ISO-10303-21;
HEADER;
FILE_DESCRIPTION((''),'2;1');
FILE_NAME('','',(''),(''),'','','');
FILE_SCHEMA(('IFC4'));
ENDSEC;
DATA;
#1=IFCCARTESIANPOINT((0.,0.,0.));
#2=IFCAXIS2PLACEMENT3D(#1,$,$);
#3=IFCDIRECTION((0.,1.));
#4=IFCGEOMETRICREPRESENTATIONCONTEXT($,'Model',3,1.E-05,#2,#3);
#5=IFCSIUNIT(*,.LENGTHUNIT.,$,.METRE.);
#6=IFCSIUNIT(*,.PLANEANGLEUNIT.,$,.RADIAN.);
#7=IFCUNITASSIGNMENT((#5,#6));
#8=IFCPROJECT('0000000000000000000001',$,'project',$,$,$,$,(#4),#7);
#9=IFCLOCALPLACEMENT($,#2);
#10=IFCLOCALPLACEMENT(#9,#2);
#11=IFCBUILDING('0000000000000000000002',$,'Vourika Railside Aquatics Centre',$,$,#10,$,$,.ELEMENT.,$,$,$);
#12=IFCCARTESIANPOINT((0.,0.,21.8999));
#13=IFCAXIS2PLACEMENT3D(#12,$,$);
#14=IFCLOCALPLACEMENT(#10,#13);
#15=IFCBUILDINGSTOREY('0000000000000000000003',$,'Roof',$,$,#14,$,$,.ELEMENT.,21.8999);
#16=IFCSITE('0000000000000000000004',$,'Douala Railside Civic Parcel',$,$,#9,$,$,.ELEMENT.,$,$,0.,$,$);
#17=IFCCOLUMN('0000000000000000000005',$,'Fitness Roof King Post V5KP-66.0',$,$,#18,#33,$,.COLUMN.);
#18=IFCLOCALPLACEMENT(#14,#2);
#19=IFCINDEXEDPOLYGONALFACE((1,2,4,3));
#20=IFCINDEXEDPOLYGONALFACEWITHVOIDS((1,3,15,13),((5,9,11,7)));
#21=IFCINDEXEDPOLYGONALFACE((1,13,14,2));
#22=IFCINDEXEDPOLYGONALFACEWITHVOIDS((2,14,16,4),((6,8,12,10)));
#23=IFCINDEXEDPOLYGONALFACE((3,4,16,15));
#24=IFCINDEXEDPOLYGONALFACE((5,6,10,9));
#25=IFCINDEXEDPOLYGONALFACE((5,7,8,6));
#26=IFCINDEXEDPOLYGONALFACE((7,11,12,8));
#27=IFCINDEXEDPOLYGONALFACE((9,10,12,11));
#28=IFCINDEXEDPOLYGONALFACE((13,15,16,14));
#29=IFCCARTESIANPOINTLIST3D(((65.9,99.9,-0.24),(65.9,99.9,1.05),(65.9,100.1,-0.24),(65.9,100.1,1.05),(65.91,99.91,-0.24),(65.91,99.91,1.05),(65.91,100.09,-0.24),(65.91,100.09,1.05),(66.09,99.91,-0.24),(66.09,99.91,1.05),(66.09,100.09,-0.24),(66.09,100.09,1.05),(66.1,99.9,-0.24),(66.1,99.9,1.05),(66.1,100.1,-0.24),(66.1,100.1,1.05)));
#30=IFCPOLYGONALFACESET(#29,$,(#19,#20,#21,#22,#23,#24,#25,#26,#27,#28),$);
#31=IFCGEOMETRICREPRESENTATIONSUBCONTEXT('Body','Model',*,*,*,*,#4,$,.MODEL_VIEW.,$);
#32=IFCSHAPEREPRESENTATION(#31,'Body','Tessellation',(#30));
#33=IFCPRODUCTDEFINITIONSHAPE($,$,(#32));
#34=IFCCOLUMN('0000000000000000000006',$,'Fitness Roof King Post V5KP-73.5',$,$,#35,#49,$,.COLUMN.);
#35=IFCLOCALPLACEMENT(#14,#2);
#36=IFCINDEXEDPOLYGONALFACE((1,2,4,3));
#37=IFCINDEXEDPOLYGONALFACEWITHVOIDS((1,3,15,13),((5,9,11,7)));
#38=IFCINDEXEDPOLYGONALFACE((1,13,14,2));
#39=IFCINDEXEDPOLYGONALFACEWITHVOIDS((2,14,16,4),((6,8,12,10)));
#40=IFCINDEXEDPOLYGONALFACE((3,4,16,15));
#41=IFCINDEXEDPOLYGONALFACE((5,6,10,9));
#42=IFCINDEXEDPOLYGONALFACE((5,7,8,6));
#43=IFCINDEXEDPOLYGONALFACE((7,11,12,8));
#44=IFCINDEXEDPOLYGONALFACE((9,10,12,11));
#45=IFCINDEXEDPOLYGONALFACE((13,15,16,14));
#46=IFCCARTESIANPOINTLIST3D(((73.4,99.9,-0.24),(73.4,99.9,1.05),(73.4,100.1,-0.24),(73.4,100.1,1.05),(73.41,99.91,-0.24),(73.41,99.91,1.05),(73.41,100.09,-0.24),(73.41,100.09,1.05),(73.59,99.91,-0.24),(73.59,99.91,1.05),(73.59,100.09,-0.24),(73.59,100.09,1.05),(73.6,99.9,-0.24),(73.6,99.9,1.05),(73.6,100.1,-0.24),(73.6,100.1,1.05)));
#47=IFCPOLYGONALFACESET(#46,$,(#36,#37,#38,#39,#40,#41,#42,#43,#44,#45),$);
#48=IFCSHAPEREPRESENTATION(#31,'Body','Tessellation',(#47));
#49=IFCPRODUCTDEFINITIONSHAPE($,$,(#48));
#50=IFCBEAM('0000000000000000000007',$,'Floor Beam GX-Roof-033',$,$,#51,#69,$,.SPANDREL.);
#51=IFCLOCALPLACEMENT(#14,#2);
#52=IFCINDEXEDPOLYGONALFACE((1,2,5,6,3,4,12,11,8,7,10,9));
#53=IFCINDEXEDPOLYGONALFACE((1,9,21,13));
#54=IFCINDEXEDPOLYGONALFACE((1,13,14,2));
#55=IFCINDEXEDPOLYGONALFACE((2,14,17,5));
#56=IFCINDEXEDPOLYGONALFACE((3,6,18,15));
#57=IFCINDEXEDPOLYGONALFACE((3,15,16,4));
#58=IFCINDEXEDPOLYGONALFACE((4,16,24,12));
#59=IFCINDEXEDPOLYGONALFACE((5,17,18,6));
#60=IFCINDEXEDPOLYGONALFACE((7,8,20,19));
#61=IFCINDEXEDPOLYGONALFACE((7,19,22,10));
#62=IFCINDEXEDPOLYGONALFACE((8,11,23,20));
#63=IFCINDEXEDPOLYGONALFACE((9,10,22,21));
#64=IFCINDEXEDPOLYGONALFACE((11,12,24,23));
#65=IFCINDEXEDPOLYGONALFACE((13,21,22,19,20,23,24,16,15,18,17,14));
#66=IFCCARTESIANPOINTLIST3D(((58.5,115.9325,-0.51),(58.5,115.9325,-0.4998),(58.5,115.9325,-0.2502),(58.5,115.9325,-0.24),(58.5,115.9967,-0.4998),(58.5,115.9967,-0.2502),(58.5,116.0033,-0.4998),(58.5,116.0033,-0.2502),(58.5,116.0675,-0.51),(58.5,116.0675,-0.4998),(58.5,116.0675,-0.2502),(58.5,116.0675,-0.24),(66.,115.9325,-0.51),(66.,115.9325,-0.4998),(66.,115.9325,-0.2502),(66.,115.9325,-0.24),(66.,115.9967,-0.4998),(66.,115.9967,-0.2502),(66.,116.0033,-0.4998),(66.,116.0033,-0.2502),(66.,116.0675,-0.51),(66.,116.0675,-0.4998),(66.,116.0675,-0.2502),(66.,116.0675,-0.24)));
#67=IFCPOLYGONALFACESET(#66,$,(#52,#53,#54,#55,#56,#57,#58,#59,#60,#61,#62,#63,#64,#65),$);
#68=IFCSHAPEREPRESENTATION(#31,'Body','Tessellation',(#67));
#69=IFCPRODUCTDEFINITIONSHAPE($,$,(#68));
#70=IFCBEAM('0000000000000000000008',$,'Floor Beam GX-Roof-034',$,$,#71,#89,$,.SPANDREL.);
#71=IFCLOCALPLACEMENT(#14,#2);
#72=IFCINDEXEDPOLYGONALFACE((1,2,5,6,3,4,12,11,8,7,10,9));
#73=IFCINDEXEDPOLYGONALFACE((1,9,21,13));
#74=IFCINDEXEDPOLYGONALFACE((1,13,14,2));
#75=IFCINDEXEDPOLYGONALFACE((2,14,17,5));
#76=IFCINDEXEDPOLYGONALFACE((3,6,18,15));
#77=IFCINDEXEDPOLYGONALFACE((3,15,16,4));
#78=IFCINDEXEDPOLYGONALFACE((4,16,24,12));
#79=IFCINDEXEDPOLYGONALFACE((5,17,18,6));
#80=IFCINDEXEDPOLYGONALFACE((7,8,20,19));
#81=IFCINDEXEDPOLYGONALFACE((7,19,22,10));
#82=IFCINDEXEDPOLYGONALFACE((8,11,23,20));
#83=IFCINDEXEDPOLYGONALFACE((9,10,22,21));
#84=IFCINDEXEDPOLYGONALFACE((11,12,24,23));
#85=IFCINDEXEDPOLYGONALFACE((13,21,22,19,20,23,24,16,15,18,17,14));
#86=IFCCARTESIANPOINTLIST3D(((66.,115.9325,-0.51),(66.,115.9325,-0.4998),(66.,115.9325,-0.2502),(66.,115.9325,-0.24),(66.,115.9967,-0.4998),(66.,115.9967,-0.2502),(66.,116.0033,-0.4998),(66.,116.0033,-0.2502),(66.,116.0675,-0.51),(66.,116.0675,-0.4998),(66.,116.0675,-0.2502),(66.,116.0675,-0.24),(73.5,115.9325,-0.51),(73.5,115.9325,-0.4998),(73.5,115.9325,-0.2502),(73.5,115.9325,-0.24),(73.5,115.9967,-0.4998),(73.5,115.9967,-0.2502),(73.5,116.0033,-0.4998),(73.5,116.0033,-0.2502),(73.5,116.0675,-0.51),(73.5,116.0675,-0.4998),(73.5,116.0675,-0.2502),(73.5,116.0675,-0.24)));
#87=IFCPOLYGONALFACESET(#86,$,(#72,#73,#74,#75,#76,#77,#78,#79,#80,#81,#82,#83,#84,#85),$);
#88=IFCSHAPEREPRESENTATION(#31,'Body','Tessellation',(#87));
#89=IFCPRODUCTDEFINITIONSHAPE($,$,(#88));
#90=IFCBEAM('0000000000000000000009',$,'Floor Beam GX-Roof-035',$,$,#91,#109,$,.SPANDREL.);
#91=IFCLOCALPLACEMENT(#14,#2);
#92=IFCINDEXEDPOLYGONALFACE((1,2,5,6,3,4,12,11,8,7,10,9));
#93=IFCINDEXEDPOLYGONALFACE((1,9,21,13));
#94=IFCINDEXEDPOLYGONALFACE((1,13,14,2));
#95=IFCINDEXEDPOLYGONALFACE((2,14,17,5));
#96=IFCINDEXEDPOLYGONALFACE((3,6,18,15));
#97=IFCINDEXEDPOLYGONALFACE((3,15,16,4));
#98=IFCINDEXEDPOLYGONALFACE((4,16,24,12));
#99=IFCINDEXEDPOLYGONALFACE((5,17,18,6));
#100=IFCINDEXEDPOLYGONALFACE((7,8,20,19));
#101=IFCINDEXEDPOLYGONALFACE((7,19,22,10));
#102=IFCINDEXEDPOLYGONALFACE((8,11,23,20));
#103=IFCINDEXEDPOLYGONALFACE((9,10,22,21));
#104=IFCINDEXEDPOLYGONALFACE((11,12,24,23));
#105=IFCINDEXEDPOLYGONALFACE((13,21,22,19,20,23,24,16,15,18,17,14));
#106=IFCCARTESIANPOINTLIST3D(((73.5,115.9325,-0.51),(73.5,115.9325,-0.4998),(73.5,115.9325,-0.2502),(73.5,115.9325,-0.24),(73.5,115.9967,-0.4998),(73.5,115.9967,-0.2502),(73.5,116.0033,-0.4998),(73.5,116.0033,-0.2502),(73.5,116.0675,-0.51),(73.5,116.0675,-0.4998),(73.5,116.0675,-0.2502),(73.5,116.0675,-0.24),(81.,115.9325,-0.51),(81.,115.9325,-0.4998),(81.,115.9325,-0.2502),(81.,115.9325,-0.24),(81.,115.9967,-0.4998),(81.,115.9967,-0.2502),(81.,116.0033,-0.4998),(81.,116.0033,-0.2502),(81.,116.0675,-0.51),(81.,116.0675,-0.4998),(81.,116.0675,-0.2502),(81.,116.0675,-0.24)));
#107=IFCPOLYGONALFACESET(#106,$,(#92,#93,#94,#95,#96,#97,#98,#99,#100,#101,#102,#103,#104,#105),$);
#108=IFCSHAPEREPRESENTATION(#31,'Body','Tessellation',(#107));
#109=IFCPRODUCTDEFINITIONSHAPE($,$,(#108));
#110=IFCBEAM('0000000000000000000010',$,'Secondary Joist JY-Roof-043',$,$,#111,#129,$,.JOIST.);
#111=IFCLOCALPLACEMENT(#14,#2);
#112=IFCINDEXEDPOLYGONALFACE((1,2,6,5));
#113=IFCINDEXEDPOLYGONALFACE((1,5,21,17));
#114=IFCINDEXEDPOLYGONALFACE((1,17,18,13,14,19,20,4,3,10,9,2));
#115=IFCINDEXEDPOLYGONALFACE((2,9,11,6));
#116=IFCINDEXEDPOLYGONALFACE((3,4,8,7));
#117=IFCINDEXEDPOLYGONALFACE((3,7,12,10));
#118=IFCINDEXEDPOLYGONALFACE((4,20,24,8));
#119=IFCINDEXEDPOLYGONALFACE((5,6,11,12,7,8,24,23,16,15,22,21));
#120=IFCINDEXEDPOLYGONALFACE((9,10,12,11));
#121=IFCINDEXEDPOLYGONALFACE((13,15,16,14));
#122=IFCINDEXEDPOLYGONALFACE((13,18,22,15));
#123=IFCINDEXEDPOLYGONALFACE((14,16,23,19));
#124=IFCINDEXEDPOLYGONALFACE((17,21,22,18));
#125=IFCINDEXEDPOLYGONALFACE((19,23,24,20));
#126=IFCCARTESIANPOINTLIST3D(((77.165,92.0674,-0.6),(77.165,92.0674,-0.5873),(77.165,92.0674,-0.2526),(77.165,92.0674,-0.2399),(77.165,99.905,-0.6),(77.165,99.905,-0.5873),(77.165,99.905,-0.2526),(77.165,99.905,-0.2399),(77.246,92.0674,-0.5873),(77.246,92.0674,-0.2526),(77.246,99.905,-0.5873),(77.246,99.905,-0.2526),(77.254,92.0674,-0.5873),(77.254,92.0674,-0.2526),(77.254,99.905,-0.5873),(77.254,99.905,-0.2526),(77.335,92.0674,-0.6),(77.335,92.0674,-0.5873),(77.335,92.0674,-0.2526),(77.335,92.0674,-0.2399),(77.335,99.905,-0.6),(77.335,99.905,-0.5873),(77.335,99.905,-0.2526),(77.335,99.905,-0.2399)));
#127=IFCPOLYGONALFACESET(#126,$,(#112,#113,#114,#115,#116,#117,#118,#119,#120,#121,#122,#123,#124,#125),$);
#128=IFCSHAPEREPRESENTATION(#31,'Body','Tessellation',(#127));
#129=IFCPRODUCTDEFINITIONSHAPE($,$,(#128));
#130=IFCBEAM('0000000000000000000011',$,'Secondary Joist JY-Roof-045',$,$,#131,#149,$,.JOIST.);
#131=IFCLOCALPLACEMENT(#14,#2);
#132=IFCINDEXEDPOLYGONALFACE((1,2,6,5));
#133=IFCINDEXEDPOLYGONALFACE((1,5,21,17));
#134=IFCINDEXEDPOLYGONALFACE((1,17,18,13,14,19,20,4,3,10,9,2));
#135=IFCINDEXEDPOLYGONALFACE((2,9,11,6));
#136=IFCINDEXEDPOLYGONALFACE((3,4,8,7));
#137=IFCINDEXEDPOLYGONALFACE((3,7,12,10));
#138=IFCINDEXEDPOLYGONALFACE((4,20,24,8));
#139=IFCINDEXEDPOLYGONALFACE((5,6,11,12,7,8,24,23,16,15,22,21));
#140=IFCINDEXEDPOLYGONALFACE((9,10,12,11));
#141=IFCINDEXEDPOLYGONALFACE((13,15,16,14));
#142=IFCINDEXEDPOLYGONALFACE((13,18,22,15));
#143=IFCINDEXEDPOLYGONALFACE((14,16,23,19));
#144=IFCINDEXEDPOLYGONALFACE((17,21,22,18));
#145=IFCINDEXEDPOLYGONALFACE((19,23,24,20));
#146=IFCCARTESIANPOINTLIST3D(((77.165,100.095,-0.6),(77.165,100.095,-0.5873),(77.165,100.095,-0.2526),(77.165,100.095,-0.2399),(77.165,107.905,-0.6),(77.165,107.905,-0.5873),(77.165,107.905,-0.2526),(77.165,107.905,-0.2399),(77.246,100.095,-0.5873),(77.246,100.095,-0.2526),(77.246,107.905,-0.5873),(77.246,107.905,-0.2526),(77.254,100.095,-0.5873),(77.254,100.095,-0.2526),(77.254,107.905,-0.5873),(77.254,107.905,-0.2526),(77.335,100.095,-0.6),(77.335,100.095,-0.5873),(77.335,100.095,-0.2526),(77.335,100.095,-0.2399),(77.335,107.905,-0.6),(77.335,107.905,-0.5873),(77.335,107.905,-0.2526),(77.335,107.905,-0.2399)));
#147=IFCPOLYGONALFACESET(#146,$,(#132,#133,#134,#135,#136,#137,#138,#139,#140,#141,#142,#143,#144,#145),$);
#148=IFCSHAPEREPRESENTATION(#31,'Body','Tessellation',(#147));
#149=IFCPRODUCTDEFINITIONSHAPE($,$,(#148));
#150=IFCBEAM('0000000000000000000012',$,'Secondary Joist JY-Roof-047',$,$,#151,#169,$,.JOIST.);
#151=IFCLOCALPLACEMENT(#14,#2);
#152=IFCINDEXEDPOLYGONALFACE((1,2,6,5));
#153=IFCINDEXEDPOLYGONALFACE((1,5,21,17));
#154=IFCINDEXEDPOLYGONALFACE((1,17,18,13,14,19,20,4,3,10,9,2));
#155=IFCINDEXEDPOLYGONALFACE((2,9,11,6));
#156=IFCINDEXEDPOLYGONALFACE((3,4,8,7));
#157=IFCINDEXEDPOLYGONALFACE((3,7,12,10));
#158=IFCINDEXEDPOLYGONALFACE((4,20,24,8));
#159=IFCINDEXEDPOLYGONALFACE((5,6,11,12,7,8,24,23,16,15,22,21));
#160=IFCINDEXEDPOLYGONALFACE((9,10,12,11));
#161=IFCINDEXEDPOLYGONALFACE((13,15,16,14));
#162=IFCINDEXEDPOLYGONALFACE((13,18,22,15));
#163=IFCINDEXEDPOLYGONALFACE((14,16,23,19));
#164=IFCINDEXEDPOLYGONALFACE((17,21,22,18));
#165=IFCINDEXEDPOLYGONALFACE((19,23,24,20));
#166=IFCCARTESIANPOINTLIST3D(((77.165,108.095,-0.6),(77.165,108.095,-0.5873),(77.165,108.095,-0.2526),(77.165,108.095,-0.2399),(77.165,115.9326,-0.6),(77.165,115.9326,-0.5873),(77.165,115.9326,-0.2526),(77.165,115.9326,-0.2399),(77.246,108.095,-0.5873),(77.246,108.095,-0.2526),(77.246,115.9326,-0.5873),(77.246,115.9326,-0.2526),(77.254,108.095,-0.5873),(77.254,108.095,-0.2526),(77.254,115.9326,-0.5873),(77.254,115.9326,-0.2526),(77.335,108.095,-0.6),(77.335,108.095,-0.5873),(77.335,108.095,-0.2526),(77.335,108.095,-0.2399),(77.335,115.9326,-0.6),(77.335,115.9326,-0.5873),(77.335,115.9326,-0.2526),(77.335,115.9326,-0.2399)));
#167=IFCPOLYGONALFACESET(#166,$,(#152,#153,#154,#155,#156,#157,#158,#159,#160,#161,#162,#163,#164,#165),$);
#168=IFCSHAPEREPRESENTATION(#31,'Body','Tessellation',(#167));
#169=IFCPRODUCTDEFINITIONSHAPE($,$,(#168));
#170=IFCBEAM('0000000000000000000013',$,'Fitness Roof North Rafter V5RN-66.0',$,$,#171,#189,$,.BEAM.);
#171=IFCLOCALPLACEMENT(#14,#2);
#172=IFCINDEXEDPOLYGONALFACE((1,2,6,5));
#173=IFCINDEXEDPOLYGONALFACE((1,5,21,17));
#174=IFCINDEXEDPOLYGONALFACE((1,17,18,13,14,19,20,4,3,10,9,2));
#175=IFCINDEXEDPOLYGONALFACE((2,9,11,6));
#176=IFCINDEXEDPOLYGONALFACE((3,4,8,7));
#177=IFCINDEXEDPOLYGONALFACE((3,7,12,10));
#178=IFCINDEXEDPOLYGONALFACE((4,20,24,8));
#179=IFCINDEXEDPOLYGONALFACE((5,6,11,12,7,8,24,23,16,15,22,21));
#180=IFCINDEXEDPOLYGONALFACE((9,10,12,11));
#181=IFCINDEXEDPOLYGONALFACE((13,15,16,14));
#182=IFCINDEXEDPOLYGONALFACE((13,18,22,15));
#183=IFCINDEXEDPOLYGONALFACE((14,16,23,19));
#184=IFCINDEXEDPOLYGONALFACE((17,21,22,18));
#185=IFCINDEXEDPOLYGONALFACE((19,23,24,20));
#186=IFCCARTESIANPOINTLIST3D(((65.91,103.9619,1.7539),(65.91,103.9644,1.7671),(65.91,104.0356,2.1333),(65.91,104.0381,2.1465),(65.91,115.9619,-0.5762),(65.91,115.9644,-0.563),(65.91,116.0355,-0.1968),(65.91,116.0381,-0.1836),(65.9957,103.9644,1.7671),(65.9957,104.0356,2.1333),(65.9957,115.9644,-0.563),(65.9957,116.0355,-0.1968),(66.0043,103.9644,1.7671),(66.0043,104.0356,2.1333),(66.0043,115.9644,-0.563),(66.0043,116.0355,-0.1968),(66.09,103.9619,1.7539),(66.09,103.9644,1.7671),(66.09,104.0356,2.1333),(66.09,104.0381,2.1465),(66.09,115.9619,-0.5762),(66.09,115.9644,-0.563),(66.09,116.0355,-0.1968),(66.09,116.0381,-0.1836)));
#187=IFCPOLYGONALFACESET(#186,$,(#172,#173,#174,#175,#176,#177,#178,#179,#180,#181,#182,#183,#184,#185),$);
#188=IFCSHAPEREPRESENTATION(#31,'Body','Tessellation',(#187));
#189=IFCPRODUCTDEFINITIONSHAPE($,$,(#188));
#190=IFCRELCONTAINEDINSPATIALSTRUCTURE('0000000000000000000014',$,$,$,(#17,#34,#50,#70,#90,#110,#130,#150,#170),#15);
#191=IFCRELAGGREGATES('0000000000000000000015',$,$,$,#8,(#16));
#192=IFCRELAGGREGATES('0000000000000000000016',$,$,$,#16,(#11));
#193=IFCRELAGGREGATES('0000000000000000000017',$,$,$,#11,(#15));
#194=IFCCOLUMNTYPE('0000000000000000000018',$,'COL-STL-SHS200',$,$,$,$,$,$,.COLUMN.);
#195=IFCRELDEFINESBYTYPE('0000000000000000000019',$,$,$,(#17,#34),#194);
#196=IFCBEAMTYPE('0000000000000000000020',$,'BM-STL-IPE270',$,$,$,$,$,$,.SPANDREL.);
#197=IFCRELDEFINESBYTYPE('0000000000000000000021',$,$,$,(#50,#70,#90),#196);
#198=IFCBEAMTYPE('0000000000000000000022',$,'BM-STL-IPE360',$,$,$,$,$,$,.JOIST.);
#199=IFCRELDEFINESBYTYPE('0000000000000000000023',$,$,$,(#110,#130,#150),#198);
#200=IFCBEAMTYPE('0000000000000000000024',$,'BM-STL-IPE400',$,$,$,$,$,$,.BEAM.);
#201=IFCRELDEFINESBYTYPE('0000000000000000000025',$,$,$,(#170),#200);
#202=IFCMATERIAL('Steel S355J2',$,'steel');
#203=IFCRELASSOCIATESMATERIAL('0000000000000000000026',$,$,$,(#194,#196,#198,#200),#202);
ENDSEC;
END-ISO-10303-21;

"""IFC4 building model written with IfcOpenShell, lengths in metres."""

from ifc_helpers import new_model, si_unit, direction, frame, origin, origin_2d, place, context, subcontext, project, spatial, hollow_rectangle, i_section, extrude, material, material_profile, profile_set, type_object, element, save


model = new_model("IFC4")

# Units and contexts
model_context = context("Model", 3, precision=1e-05, world=origin(), true_north=direction((0.0, 1.0)))
body_context = subcontext(model_context, "Body", "Model", "MODEL_VIEW")
ifc_project = project(units=[si_unit("LENGTHUNIT", "METRE"), si_unit("PLANEANGLEUNIT", "RADIAN")], contexts=[model_context])

# Site, building, storey
site_placement = place(None, origin())
site = spatial("IfcSite", under=ifc_project, at=site_placement, Name="Douala Railside Civic Parcel", CompositionType="ELEMENT", RefElevation=0.0)
building_placement = place(site_placement, origin())
building = spatial("IfcBuilding", under=site, at=building_placement, Name="Vourika Railside Aquatics Centre", CompositionType="ELEMENT")
storey_placement = place(building_placement, frame((0.0, 0.0, 21.8999)))
storey = spatial("IfcBuildingStorey", under=building, at=storey_placement, Name="Roof", CompositionType="ELEMENT", Elevation=21.8999)

# Columns
ifc_material_1 = material(Name="Steel S355J2", Category="steel")
ifc_material_profile_1 = material_profile(ifc_material_1, hollow_rectangle(XDim=0.2, YDim=0.2, WallThickness=0.01, at=origin_2d()), Name="SHS 200x200x10")
ifc_profile_set_1 = profile_set([ifc_material_profile_1], Name="Steel S355J2")
column_type = type_object("IfcColumnType", Name="COL-STL-SHS200", PredefinedType="COLUMN", material=ifc_profile_set_1)
for number, where, z_axis, x_axis, name in (
    (1, (66.0, 100.0, -0.24), (0.0, 0.0, 1.0), (1.0, 0.0, 0.0), "Fitness Roof King Post V5KP-66.0"),
    (2, (73.5, 100.0, -0.24), (0.0, 0.0, 1.0), (1.0, 0.0, 0.0), "Fitness Roof King Post V5KP-73.5"),
):
    element("IfcColumn", number, at=place(storey_placement, frame(where, z_axis=z_axis, x_axis=x_axis)), inside=storey, type_object=column_type, Name=name, PredefinedType="COLUMN", context=body_context, shape_type="SweptSolid", body=[
        extrude(hollow_rectangle(XDim=0.2, YDim=0.2, WallThickness=0.01, at=origin_2d()), origin(), (0.0, 0.0, 1.0), 1.29),
    ])

# Beams
ifc_material_profile_2 = material_profile(ifc_material_1, i_section(OverallWidth=0.135, OverallDepth=0.27, WebThickness=0.0066, FlangeThickness=0.0103, at=origin_2d()), Name="IPE 270")
ifc_profile_set_2 = profile_set([ifc_material_profile_2], Name="Steel S355J2")
beam_type_1 = type_object("IfcBeamType", Name="BM-STL-IPE270", PredefinedType="SPANDREL", material=ifc_profile_set_2)
for number, where, z_axis, x_axis, name in (
    (3, (58.5, 116.0, -0.375), (1.0, 0.0, 0.0), (0.0, 1.0, 0.0), "Floor Beam GX-Roof-033"),
    (4, (66.0, 116.0, -0.375), (1.0, 0.0, 0.0), (0.0, 1.0, 0.0), "Floor Beam GX-Roof-034"),
    (5, (73.5, 116.0, -0.375), (1.0, 0.0, 0.0), (0.0, 1.0, 0.0), "Floor Beam GX-Roof-035"),
):
    element("IfcBeam", number, at=place(storey_placement, frame(where, z_axis=z_axis, x_axis=x_axis)), inside=storey, type_object=beam_type_1, Name=name, PredefinedType="SPANDREL", context=body_context, shape_type="SweptSolid", body=[
        extrude(i_section(OverallWidth=0.135, OverallDepth=0.27, WebThickness=0.0066, FlangeThickness=0.0103, at=origin_2d()), origin(), (0.0, 0.0, 1.0), 7.5),
    ])
ifc_material_profile_3 = material_profile(ifc_material_1, i_section(OverallWidth=0.1699, OverallDepth=0.3601, WebThickness=0.0081, FlangeThickness=0.0127, at=origin_2d()), Name="IPE 360")
ifc_profile_set_3 = profile_set([ifc_material_profile_3], Name="Steel S355J2")
beam_type_2 = type_object("IfcBeamType", Name="BM-STL-IPE360", PredefinedType="JOIST", material=ifc_profile_set_3)
beam_1_placement = place(storey_placement, frame((77.25, 92.0674, -0.4199), z_axis=(0.0, 1.0, 0.0), x_axis=(-1.0, 0.0, 0.0)))
element("IfcBeam", 6, at=beam_1_placement, inside=storey, type_object=beam_type_2, Name="Secondary Joist JY-Roof-043", PredefinedType="JOIST", context=body_context, shape_type="SweptSolid", body=[
    extrude(i_section(OverallWidth=0.1699, OverallDepth=0.3601, WebThickness=0.0081, FlangeThickness=0.0127, at=origin_2d()), origin(), (0.0, 0.0, 1.0), 7.8376),
])
beam_2_placement = place(storey_placement, frame((77.25, 100.095, -0.4199), z_axis=(0.0, 1.0, 0.0), x_axis=(-1.0, 0.0, 0.0)))
element("IfcBeam", 7, at=beam_2_placement, inside=storey, type_object=beam_type_2, Name="Secondary Joist JY-Roof-045", PredefinedType="JOIST", context=body_context, shape_type="SweptSolid", body=[
    extrude(i_section(OverallWidth=0.1699, OverallDepth=0.3601, WebThickness=0.0081, FlangeThickness=0.0127, at=origin_2d()), origin(), (0.0, 0.0, 1.0), 7.8101),
])
beam_3_placement = place(storey_placement, frame((77.25, 108.095, -0.4199), z_axis=(0.0, 1.0, 0.0), x_axis=(-1.0, 0.0, 0.0)))
element("IfcBeam", 8, at=beam_3_placement, inside=storey, type_object=beam_type_2, Name="Secondary Joist JY-Roof-047", PredefinedType="JOIST", context=body_context, shape_type="SweptSolid", body=[
    extrude(i_section(OverallWidth=0.1699, OverallDepth=0.3601, WebThickness=0.0081, FlangeThickness=0.0127, at=origin_2d()), origin(), (0.0, 0.0, 1.0), 7.8376),
])
ifc_material_profile_4 = material_profile(ifc_material_1, i_section(OverallWidth=0.1799, OverallDepth=0.3999, WebThickness=0.0085, FlangeThickness=0.0134, at=origin_2d()), Name="IPE 400")
ifc_profile_set_4 = profile_set([ifc_material_profile_4], Name="Steel S355J2")
beam_type_3 = type_object("IfcBeamType", Name="BM-STL-IPE400", PredefinedType="BEAM", material=ifc_profile_set_4)
for number, where, z_axis, x_axis, name in (
    (9, (66.0, 104.0, 1.9502), (0.0, 0.981665, -0.190613), (-1.0, 0.0, 0.0), "Fitness Roof North Rafter V5RN-66.0"),
):
    element("IfcBeam", number, at=place(storey_placement, frame(where, z_axis=z_axis, x_axis=x_axis)), inside=storey, type_object=beam_type_3, Name=name, PredefinedType="BEAM", context=body_context, shape_type="SweptSolid", body=[
        extrude(i_section(OverallWidth=0.1799, OverallDepth=0.3999, WebThickness=0.0085, FlangeThickness=0.0134, at=origin_2d()), origin(), (0.0, 0.0, 1.0), 12.2241),
    ])

save(model, "model.ifc")
